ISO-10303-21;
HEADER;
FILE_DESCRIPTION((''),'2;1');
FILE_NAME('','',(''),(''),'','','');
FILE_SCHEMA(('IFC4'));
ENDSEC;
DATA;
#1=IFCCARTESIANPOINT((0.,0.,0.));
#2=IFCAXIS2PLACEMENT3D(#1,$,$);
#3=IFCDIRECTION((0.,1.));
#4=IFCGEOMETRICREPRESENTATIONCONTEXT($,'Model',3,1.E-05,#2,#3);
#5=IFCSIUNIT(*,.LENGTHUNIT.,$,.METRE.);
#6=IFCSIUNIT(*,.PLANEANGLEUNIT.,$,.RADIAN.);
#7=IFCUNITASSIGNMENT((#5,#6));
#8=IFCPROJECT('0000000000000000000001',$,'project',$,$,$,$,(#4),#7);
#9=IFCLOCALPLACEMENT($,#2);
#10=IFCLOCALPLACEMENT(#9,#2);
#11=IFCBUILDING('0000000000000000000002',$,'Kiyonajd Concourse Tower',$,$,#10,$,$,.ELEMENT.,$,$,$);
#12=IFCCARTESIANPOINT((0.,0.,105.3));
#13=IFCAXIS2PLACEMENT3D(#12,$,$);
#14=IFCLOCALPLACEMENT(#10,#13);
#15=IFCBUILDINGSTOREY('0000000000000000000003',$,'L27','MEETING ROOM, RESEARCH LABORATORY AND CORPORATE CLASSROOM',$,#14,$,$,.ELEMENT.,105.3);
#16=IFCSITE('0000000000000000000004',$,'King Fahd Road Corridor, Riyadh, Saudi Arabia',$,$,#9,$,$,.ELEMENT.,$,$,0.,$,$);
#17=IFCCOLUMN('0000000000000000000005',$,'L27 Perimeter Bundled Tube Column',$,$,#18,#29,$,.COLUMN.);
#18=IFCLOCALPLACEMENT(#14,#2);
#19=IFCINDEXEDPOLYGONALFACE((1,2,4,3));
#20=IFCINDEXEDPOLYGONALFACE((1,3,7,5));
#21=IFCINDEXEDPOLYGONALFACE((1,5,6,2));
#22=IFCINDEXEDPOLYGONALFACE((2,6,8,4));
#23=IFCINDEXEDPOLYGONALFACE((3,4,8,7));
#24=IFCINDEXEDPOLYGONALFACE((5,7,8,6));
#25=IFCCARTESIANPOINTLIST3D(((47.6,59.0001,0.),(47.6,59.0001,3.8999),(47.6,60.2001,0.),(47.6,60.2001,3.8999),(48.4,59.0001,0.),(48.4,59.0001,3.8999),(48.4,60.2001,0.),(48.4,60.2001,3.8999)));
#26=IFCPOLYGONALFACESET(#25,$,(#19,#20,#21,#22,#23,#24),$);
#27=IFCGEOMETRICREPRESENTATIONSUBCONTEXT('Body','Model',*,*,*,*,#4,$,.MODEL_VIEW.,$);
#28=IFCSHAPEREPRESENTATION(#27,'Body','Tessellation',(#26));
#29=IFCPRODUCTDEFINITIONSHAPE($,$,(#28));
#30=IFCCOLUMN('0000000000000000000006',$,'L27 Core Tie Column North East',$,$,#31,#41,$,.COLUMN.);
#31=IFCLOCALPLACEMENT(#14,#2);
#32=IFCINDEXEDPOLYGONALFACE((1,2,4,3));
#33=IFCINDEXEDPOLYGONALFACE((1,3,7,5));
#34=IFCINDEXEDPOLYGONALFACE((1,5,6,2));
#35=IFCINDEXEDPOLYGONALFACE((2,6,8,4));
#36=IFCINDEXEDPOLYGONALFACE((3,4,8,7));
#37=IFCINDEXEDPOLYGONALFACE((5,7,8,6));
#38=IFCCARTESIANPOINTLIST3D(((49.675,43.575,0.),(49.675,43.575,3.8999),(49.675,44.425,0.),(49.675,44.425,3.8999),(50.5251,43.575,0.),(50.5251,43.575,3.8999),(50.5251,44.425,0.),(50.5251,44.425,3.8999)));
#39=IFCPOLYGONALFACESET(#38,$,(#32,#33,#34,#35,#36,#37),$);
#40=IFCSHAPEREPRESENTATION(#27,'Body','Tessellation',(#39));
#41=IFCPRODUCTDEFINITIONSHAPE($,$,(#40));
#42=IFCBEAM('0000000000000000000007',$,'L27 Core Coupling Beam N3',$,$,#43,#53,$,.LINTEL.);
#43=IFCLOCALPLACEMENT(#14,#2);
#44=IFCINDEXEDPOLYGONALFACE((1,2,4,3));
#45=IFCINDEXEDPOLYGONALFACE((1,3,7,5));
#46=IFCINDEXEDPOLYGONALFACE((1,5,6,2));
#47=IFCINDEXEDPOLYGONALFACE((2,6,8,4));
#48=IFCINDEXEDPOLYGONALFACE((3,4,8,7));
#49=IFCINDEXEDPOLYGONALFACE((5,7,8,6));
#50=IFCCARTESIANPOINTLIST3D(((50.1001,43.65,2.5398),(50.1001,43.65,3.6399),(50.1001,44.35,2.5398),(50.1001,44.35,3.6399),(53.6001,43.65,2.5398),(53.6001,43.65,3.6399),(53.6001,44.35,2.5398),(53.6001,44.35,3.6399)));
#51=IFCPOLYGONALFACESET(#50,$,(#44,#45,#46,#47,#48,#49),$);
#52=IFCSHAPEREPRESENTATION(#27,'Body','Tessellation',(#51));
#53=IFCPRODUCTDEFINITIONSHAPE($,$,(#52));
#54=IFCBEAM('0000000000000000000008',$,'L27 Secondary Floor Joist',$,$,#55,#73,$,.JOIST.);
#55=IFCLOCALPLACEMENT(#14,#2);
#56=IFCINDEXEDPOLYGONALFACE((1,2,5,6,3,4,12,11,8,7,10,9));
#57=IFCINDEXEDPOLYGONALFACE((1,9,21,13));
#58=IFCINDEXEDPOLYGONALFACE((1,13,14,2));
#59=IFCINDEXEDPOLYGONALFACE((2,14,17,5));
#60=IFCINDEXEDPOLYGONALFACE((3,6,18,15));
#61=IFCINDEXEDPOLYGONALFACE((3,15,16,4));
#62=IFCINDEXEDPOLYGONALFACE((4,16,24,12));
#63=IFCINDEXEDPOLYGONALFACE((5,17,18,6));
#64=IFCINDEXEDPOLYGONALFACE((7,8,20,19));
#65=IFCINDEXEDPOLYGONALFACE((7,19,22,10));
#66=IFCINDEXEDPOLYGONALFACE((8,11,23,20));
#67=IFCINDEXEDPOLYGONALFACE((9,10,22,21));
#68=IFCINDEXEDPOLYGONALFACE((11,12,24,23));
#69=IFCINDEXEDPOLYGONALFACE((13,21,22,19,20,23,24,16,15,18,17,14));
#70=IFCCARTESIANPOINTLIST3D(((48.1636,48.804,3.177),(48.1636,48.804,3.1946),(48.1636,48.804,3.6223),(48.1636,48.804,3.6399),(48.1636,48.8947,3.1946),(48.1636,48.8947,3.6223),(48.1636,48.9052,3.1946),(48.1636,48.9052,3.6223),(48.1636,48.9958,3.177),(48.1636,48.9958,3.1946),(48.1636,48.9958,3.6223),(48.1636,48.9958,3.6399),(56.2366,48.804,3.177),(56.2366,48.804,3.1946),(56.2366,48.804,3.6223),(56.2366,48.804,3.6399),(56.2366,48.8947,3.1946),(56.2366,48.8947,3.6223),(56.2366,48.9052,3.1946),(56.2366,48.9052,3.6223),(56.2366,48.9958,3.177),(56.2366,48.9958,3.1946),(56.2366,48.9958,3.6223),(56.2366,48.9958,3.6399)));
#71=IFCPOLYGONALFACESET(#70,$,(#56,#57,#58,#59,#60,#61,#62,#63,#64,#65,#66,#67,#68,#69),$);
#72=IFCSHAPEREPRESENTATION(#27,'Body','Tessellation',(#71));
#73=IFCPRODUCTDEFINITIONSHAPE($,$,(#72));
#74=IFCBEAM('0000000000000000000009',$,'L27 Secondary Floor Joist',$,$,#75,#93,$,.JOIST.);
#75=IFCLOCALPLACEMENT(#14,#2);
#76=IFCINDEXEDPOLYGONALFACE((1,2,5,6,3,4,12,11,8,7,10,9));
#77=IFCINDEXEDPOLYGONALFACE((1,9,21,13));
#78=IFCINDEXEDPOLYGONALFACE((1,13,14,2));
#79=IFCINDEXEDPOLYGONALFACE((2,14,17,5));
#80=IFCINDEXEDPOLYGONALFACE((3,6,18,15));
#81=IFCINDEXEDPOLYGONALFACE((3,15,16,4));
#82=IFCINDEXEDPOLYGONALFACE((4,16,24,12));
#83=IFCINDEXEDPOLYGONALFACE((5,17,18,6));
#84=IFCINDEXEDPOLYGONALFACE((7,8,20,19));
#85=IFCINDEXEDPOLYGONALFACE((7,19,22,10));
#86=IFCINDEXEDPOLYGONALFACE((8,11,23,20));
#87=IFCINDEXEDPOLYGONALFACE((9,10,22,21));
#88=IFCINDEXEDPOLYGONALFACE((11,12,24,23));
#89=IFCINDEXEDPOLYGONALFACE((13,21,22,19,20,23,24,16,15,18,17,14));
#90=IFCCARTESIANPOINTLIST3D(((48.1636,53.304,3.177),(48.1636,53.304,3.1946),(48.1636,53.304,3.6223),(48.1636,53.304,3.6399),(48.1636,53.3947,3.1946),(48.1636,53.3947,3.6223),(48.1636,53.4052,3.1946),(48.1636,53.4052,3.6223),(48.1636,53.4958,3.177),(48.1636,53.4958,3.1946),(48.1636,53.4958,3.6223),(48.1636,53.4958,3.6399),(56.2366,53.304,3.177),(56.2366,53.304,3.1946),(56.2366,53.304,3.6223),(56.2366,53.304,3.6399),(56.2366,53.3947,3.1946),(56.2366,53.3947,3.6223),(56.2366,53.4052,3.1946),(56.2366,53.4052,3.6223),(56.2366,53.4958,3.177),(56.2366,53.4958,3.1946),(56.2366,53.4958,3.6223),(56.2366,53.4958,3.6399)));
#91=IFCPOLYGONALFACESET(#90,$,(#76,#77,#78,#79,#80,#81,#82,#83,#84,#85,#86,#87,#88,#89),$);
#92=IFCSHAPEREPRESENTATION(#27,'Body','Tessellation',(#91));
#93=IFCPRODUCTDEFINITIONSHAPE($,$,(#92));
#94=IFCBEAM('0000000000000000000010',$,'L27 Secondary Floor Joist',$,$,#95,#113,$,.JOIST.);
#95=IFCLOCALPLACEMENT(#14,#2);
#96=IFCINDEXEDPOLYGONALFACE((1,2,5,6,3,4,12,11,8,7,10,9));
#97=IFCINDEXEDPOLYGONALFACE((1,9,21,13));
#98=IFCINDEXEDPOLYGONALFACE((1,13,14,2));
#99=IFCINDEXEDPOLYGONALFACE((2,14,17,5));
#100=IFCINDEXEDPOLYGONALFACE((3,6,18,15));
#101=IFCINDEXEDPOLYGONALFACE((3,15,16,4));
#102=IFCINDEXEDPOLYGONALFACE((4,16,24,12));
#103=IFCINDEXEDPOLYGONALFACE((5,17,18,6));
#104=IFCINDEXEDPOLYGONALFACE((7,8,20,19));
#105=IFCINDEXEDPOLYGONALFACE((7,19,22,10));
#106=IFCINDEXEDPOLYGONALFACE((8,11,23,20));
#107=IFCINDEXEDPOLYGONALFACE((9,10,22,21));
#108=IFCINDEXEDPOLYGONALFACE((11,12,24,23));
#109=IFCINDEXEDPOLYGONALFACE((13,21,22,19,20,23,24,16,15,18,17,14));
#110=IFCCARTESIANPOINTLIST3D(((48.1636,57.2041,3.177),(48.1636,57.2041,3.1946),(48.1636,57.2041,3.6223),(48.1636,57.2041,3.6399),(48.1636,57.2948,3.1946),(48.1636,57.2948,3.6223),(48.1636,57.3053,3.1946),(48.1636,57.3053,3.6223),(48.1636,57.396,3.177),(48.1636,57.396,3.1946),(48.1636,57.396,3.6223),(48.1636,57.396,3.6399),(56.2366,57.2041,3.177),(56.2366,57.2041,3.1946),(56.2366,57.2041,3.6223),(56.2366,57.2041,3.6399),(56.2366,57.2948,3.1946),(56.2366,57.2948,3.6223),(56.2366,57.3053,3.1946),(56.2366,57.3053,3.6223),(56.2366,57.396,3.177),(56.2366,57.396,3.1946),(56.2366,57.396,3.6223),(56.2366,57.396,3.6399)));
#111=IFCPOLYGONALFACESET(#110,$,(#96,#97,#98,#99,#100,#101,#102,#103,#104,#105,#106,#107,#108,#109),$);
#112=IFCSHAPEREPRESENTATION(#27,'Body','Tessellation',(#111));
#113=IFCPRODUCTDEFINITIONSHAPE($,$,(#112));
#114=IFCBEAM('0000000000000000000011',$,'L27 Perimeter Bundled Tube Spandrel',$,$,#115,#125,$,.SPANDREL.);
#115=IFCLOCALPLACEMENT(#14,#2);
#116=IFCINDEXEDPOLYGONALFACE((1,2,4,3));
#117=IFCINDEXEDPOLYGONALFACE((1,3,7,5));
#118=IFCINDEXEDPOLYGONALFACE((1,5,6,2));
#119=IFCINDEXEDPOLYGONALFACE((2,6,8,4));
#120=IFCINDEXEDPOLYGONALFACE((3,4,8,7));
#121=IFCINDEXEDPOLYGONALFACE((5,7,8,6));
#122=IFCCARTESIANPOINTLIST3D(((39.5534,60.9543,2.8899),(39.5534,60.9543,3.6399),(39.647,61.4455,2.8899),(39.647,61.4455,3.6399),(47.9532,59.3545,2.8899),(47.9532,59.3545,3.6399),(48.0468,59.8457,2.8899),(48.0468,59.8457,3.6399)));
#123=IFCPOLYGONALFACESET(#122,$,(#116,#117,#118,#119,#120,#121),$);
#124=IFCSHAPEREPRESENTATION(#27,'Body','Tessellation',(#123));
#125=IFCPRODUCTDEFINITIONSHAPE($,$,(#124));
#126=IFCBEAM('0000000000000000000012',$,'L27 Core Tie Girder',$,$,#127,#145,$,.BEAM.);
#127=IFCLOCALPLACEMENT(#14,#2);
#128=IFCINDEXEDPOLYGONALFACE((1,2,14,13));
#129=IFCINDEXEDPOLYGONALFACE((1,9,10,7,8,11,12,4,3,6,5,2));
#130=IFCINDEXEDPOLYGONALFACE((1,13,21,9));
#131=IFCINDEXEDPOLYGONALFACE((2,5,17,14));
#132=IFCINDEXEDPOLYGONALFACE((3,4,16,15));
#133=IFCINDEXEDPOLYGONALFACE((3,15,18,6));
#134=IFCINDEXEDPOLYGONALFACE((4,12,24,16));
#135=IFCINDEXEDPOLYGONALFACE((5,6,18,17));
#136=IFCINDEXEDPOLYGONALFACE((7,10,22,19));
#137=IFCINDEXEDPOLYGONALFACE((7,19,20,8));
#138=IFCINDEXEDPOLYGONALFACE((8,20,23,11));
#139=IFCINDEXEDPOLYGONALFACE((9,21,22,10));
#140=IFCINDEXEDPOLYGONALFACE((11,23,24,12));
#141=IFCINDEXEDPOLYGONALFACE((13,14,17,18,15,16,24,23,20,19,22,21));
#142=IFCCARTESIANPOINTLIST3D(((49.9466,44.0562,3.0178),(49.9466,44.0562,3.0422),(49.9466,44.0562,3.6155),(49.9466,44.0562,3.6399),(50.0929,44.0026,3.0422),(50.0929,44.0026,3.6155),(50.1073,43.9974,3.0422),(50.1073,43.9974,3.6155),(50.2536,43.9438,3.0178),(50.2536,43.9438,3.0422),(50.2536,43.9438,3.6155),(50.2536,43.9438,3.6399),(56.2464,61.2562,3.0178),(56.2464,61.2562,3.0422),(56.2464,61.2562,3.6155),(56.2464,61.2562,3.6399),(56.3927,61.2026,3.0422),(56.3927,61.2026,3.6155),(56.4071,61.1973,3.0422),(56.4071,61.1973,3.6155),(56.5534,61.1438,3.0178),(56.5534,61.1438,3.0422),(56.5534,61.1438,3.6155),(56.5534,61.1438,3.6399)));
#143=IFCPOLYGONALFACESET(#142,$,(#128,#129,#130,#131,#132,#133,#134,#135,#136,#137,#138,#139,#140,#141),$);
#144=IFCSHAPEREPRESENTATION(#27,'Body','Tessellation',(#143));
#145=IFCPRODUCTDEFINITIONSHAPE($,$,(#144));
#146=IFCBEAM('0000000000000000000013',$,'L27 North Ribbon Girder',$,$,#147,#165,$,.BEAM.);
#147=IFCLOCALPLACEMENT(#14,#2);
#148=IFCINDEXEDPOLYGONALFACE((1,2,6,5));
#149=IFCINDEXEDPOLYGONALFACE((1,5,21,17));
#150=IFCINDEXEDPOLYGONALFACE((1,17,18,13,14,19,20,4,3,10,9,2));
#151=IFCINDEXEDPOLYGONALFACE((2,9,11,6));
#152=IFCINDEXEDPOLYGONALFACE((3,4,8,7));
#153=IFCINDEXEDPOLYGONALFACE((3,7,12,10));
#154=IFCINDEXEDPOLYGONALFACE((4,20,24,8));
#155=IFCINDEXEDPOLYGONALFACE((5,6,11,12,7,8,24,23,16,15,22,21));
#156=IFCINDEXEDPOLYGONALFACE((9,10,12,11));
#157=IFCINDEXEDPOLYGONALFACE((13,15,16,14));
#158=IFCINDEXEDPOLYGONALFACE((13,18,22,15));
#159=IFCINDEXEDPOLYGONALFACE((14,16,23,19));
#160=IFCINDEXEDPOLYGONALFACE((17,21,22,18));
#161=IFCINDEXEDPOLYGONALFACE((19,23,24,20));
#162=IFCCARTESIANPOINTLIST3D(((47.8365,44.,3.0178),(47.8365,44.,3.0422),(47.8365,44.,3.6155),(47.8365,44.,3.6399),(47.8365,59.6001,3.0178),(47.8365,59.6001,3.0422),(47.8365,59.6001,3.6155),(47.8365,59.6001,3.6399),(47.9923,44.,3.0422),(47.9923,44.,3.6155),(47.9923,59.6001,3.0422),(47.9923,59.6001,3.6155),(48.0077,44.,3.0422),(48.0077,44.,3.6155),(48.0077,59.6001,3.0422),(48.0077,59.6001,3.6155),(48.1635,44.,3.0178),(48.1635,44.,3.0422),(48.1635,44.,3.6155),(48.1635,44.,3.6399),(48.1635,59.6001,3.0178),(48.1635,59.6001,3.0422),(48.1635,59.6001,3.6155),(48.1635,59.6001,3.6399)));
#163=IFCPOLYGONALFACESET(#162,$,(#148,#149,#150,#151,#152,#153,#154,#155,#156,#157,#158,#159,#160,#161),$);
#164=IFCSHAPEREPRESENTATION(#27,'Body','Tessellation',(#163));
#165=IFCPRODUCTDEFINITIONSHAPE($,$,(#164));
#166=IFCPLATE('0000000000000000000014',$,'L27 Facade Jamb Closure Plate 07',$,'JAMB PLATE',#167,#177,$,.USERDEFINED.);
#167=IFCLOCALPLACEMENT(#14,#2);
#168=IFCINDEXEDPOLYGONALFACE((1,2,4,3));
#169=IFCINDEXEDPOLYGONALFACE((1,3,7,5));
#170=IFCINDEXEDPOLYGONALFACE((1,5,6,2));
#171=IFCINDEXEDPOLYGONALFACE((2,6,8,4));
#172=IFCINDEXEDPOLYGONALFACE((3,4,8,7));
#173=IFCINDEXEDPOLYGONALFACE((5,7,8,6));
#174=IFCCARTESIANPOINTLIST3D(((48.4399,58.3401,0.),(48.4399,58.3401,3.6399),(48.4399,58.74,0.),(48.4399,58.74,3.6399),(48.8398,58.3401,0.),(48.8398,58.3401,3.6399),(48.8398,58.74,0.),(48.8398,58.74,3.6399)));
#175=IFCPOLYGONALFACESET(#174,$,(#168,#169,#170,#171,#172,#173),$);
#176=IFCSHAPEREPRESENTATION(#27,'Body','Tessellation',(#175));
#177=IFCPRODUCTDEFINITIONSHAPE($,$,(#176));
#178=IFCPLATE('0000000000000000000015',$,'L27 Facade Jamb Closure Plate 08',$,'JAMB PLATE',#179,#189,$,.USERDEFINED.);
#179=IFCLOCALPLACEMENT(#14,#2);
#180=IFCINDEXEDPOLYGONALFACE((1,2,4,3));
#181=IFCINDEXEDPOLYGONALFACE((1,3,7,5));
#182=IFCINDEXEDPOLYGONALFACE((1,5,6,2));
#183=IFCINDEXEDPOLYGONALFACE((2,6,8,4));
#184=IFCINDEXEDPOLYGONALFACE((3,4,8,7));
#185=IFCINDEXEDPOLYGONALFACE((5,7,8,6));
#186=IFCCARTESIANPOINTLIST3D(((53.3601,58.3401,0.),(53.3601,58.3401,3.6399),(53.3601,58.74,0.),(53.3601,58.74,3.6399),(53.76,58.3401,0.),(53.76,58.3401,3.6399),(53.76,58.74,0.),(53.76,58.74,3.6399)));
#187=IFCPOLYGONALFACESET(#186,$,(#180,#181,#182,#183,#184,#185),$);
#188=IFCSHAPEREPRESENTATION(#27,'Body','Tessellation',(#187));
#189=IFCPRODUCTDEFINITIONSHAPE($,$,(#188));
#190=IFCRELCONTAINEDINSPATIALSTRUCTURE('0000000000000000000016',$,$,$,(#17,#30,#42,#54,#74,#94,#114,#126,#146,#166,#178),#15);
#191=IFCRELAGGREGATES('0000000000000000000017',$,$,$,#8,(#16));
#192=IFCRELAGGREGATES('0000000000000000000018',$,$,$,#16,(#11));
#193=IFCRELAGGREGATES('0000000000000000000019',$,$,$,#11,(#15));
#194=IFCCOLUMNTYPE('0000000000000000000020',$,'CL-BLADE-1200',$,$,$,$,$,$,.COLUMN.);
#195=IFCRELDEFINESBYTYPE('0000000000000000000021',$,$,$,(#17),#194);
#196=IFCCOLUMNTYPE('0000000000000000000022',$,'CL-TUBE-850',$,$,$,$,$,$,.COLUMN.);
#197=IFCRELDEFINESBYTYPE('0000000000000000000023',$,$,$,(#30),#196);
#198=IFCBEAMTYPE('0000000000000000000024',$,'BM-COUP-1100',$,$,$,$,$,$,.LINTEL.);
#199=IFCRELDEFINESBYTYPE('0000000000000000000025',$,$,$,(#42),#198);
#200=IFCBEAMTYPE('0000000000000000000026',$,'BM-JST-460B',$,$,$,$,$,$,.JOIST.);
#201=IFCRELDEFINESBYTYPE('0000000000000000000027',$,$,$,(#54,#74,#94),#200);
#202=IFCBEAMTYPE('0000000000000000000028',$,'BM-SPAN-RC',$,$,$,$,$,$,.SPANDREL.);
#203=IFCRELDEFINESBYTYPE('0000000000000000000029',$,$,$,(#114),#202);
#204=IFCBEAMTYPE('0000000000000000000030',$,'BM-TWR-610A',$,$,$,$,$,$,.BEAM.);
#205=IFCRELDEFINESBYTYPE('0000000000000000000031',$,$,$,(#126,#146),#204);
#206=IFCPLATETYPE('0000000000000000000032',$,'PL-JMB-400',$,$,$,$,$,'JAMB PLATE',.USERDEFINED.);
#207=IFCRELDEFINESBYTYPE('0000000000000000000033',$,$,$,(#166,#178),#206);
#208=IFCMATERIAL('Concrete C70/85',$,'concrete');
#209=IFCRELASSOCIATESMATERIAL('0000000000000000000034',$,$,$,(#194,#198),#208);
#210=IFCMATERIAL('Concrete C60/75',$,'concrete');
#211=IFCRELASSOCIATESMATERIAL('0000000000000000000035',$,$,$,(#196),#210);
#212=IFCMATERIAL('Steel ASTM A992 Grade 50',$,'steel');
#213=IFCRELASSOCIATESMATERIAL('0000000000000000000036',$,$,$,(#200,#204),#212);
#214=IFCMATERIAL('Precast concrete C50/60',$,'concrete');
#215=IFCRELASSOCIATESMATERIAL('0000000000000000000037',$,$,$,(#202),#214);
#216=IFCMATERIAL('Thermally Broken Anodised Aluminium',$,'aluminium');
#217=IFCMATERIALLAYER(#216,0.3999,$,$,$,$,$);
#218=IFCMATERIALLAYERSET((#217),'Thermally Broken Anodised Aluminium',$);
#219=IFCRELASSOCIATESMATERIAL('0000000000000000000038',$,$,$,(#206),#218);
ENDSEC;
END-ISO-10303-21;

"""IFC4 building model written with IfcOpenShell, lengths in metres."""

from ifc_helpers import new_model, si_unit, direction, frame, origin, origin_2d, place, context, subcontext, project, spatial, rectangle, i_section, extrude, material, layer, layer_set, material_profile, profile_set, type_object, element, save


model = new_model("IFC4")

# Units and contexts
model_context = context("Model", 3, precision=1e-05, world=origin(), true_north=direction((0.0, 1.0)))
body_context = subcontext(model_context, "Body", "Model", "MODEL_VIEW")
ifc_project = project(units=[si_unit("LENGTHUNIT", "METRE"), si_unit("PLANEANGLEUNIT", "RADIAN")], contexts=[model_context])

# Site, building, storey
site_placement = place(None, origin())
site = spatial("IfcSite", under=ifc_project, at=site_placement, Name="King Fahd Road Corridor, Riyadh, Saudi Arabia", CompositionType="ELEMENT", RefElevation=0.0)
building_placement = place(site_placement, origin())
building = spatial("IfcBuilding", under=site, at=building_placement, Name="Kiyonajd Concourse Tower", CompositionType="ELEMENT")
storey_placement = place(building_placement, frame((0.0, 0.0, 105.3)))
storey = spatial("IfcBuildingStorey", under=building, at=storey_placement, Name="L27", Description="MEETING ROOM, RESEARCH LABORATORY AND CORPORATE CLASSROOM", CompositionType="ELEMENT", Elevation=105.3)

# Columns
ifc_material_1 = material(Name="Concrete C70/85", Category="concrete")
ifc_material_profile_1 = material_profile(ifc_material_1, rectangle(XDim=0.8, YDim=1.2, at=origin_2d()), Name="RC-1200x800")
ifc_profile_set_1 = profile_set([ifc_material_profile_1], Name="Concrete C70/85")
column_type_1 = type_object("IfcColumnType", Name="CL-BLADE-1200", PredefinedType="COLUMN", material=ifc_profile_set_1)
column_1_placement = place(storey_placement, frame((48.0, 59.6001, 0.0), z_axis=(0.0, 0.0, 1.0), x_axis=(1.0, 0.0, 0.0)))
element("IfcColumn", 1, at=column_1_placement, inside=storey, type_object=column_type_1, Name="L27 Perimeter Bundled Tube Column", PredefinedType="COLUMN", context=body_context, shape_type="SweptSolid", body=[
    extrude(rectangle(XDim=0.8, YDim=1.2, at=origin_2d()), origin(), (0.0, 0.0, 1.0), 3.8999),
])
ifc_material_2 = material(Name="Concrete C60/75", Category="concrete")
ifc_material_profile_2 = material_profile(ifc_material_2, rectangle(XDim=0.8501, YDim=0.8501, at=origin_2d()), Name="RC-850x850")
ifc_profile_set_2 = profile_set([ifc_material_profile_2], Name="Concrete C60/75")
column_type_2 = type_object("IfcColumnType", Name="CL-TUBE-850", PredefinedType="COLUMN", material=ifc_profile_set_2)
column_2_placement = place(storey_placement, frame((50.1001, 44.0, 0.0), z_axis=(0.0, 0.0, 1.0), x_axis=(1.0, 0.0, 0.0)))
element("IfcColumn", 2, at=column_2_placement, inside=storey, type_object=column_type_2, Name="L27 Core Tie Column North East", PredefinedType="COLUMN", context=body_context, shape_type="SweptSolid", body=[
    extrude(rectangle(XDim=0.8501, YDim=0.8501, at=origin_2d()), origin(), (0.0, 0.0, 1.0), 3.8999),
])

# Beams
ifc_material_profile_3 = material_profile(ifc_material_1, rectangle(XDim=0.7, YDim=1.1001, at=origin_2d()), Name="RCBM-700x1100")
ifc_profile_set_3 = profile_set([ifc_material_profile_3], Name="Concrete C70/85")
beam_type_1 = type_object("IfcBeamType", Name="BM-COUP-1100", PredefinedType="LINTEL", material=ifc_profile_set_3)
beam_1_placement = place(storey_placement, frame((50.1001, 44.0, 3.0898), z_axis=(1.0, 0.0, 0.0), x_axis=(0.0, 1.0, 0.0)))
element("IfcBeam", 3, at=beam_1_placement, inside=storey, type_object=beam_type_1, Name="L27 Core Coupling Beam N3", PredefinedType="LINTEL", context=body_context, shape_type="SweptSolid", body=[
    extrude(rectangle(XDim=0.7, YDim=1.1001, at=origin_2d()), origin(), (0.0, 0.0, 1.0), 3.5),
])
ifc_material_3 = material(Name="Steel ASTM A992 Grade 50", Category="steel")
ifc_material_profile_4 = material_profile(ifc_material_3, i_section(OverallWidth=0.1919, OverallDepth=0.4629, WebThickness=0.0105, FlangeThickness=0.0176, at=origin_2d()), Name="W460X89")
ifc_profile_set_4 = profile_set([ifc_material_profile_4], Name="Steel ASTM A992 Grade 50")
beam_type_2 = type_object("IfcBeamType", Name="BM-JST-460B", PredefinedType="JOIST", material=ifc_profile_set_4)
for number, where, z_axis, x_axis, name in (
    (4, (48.1636, 48.8999, 3.4084), (1.0, 0.0, 0.0), (0.0, 1.0, 0.0), "L27 Secondary Floor Joist"),
    (5, (48.1636, 53.3999, 3.4084), (1.0, 0.0, 0.0), (0.0, 1.0, 0.0), "L27 Secondary Floor Joist"),
    (6, (48.1636, 57.3, 3.4084), (1.0, 0.0, 0.0), (0.0, 1.0, 0.0), "L27 Secondary Floor Joist"),
):
    element("IfcBeam", number, at=place(storey_placement, frame(where, z_axis=z_axis, x_axis=x_axis)), inside=storey, type_object=beam_type_2, Name=name, PredefinedType="JOIST", context=body_context, shape_type="SweptSolid", body=[
        extrude(i_section(OverallWidth=0.1919, OverallDepth=0.4629, WebThickness=0.0105, FlangeThickness=0.0176, at=origin_2d()), origin(), (0.0, 0.0, 1.0), 8.073),
    ])
ifc_material_4 = material(Name="Precast concrete C50/60", Category="concrete")
ifc_material_profile_5 = material_profile(ifc_material_4, rectangle(XDim=0.5, YDim=0.75, at=origin_2d()), Name="RCBM-500x750")
ifc_profile_set_5 = profile_set([ifc_material_profile_5], Name="Precast concrete C50/60")
beam_type_3 = type_object("IfcBeamType", Name="BM-SPAN-RC", PredefinedType="SPANDREL", material=ifc_profile_set_5)
beam_2_placement = place(storey_placement, frame((48.0, 59.6001, 3.2649), z_axis=(-0.982341, 0.187098, 0.0), x_axis=(-0.187098, -0.982341, 0.0)))
element("IfcBeam", 7, at=beam_2_placement, inside=storey, type_object=beam_type_3, Name="L27 Perimeter Bundled Tube Spandrel", PredefinedType="SPANDREL", context=body_context, shape_type="SweptSolid", body=[
    extrude(rectangle(XDim=0.5, YDim=0.75, at=origin_2d()), origin(), (0.0, 0.0, 1.0), 8.5508),
])
ifc_material_profile_6 = material_profile(ifc_material_3, i_section(OverallWidth=0.3269, OverallDepth=0.6221, WebThickness=0.0154, FlangeThickness=0.0244, at=origin_2d()), Name="W610X195")
ifc_profile_set_6 = profile_set([ifc_material_profile_6], Name="Steel ASTM A992 Grade 50")
beam_type_4 = type_object("IfcBeamType", Name="BM-TWR-610A", PredefinedType="BEAM", material=ifc_profile_set_6)
beam_3_placement = place(storey_placement, frame((50.1001, 44.0, 3.3289), z_axis=(0.343925, 0.938997, 0.0), x_axis=(-0.938997, 0.343925, 0.0)))
element("IfcBeam", 8, at=beam_3_placement, inside=storey, type_object=beam_type_4, Name="L27 Core Tie Girder", PredefinedType="BEAM", context=body_context, shape_type="SweptSolid", body=[
    extrude(i_section(OverallWidth=0.3269, OverallDepth=0.6221, WebThickness=0.0154, FlangeThickness=0.0244, at=origin_2d()), origin(), (0.0, 0.0, 1.0), 18.3174),
])
beam_4_placement = place(storey_placement, frame((48.0, 44.0, 3.3289), z_axis=(0.0, 1.0, 0.0), x_axis=(-1.0, 0.0, 0.0)))
element("IfcBeam", 9, at=beam_4_placement, inside=storey, type_object=beam_type_4, Name="L27 North Ribbon Girder", PredefinedType="BEAM", context=body_context, shape_type="SweptSolid", body=[
    extrude(i_section(OverallWidth=0.3269, OverallDepth=0.6221, WebThickness=0.0154, FlangeThickness=0.0244, at=origin_2d()), origin(), (0.0, 0.0, 1.0), 15.6001),
])

# Plates
ifc_material_5 = material(Name="Thermally Broken Anodised Aluminium", Category="aluminium")
ifc_layer_1 = layer(ifc_material_5, 0.3999)
ifc_layer_set_1 = layer_set([ifc_layer_1], Name="Thermally Broken Anodised Aluminium")
plate_type = type_object("IfcPlateType", Name="PL-JMB-400", ElementType="JAMB PLATE", PredefinedType="USERDEFINED", material=ifc_layer_set_1)
for number, where, z_axis, x_axis, name in (
    (10, (48.6399, 58.54, 0.0), (0.0, 0.0, 1.0), (1.0, 0.0, 0.0), "L27 Facade Jamb Closure Plate 07"),
    (11, (53.5601, 58.54, 0.0), (0.0, 0.0, 1.0), (1.0, 0.0, 0.0), "L27 Facade Jamb Closure Plate 08"),
):
    element("IfcPlate", number, at=place(storey_placement, frame(where, z_axis=z_axis, x_axis=x_axis)), inside=storey, type_object=plate_type, Name=name, ObjectType="JAMB PLATE", PredefinedType="USERDEFINED", context=body_context, shape_type="SweptSolid", body=[
        extrude(rectangle(XDim=0.3999, YDim=0.3999, at=origin_2d()), origin(), (0.0, 0.0, 1.0), 3.6399),
    ])

save(model, "model.ifc")
